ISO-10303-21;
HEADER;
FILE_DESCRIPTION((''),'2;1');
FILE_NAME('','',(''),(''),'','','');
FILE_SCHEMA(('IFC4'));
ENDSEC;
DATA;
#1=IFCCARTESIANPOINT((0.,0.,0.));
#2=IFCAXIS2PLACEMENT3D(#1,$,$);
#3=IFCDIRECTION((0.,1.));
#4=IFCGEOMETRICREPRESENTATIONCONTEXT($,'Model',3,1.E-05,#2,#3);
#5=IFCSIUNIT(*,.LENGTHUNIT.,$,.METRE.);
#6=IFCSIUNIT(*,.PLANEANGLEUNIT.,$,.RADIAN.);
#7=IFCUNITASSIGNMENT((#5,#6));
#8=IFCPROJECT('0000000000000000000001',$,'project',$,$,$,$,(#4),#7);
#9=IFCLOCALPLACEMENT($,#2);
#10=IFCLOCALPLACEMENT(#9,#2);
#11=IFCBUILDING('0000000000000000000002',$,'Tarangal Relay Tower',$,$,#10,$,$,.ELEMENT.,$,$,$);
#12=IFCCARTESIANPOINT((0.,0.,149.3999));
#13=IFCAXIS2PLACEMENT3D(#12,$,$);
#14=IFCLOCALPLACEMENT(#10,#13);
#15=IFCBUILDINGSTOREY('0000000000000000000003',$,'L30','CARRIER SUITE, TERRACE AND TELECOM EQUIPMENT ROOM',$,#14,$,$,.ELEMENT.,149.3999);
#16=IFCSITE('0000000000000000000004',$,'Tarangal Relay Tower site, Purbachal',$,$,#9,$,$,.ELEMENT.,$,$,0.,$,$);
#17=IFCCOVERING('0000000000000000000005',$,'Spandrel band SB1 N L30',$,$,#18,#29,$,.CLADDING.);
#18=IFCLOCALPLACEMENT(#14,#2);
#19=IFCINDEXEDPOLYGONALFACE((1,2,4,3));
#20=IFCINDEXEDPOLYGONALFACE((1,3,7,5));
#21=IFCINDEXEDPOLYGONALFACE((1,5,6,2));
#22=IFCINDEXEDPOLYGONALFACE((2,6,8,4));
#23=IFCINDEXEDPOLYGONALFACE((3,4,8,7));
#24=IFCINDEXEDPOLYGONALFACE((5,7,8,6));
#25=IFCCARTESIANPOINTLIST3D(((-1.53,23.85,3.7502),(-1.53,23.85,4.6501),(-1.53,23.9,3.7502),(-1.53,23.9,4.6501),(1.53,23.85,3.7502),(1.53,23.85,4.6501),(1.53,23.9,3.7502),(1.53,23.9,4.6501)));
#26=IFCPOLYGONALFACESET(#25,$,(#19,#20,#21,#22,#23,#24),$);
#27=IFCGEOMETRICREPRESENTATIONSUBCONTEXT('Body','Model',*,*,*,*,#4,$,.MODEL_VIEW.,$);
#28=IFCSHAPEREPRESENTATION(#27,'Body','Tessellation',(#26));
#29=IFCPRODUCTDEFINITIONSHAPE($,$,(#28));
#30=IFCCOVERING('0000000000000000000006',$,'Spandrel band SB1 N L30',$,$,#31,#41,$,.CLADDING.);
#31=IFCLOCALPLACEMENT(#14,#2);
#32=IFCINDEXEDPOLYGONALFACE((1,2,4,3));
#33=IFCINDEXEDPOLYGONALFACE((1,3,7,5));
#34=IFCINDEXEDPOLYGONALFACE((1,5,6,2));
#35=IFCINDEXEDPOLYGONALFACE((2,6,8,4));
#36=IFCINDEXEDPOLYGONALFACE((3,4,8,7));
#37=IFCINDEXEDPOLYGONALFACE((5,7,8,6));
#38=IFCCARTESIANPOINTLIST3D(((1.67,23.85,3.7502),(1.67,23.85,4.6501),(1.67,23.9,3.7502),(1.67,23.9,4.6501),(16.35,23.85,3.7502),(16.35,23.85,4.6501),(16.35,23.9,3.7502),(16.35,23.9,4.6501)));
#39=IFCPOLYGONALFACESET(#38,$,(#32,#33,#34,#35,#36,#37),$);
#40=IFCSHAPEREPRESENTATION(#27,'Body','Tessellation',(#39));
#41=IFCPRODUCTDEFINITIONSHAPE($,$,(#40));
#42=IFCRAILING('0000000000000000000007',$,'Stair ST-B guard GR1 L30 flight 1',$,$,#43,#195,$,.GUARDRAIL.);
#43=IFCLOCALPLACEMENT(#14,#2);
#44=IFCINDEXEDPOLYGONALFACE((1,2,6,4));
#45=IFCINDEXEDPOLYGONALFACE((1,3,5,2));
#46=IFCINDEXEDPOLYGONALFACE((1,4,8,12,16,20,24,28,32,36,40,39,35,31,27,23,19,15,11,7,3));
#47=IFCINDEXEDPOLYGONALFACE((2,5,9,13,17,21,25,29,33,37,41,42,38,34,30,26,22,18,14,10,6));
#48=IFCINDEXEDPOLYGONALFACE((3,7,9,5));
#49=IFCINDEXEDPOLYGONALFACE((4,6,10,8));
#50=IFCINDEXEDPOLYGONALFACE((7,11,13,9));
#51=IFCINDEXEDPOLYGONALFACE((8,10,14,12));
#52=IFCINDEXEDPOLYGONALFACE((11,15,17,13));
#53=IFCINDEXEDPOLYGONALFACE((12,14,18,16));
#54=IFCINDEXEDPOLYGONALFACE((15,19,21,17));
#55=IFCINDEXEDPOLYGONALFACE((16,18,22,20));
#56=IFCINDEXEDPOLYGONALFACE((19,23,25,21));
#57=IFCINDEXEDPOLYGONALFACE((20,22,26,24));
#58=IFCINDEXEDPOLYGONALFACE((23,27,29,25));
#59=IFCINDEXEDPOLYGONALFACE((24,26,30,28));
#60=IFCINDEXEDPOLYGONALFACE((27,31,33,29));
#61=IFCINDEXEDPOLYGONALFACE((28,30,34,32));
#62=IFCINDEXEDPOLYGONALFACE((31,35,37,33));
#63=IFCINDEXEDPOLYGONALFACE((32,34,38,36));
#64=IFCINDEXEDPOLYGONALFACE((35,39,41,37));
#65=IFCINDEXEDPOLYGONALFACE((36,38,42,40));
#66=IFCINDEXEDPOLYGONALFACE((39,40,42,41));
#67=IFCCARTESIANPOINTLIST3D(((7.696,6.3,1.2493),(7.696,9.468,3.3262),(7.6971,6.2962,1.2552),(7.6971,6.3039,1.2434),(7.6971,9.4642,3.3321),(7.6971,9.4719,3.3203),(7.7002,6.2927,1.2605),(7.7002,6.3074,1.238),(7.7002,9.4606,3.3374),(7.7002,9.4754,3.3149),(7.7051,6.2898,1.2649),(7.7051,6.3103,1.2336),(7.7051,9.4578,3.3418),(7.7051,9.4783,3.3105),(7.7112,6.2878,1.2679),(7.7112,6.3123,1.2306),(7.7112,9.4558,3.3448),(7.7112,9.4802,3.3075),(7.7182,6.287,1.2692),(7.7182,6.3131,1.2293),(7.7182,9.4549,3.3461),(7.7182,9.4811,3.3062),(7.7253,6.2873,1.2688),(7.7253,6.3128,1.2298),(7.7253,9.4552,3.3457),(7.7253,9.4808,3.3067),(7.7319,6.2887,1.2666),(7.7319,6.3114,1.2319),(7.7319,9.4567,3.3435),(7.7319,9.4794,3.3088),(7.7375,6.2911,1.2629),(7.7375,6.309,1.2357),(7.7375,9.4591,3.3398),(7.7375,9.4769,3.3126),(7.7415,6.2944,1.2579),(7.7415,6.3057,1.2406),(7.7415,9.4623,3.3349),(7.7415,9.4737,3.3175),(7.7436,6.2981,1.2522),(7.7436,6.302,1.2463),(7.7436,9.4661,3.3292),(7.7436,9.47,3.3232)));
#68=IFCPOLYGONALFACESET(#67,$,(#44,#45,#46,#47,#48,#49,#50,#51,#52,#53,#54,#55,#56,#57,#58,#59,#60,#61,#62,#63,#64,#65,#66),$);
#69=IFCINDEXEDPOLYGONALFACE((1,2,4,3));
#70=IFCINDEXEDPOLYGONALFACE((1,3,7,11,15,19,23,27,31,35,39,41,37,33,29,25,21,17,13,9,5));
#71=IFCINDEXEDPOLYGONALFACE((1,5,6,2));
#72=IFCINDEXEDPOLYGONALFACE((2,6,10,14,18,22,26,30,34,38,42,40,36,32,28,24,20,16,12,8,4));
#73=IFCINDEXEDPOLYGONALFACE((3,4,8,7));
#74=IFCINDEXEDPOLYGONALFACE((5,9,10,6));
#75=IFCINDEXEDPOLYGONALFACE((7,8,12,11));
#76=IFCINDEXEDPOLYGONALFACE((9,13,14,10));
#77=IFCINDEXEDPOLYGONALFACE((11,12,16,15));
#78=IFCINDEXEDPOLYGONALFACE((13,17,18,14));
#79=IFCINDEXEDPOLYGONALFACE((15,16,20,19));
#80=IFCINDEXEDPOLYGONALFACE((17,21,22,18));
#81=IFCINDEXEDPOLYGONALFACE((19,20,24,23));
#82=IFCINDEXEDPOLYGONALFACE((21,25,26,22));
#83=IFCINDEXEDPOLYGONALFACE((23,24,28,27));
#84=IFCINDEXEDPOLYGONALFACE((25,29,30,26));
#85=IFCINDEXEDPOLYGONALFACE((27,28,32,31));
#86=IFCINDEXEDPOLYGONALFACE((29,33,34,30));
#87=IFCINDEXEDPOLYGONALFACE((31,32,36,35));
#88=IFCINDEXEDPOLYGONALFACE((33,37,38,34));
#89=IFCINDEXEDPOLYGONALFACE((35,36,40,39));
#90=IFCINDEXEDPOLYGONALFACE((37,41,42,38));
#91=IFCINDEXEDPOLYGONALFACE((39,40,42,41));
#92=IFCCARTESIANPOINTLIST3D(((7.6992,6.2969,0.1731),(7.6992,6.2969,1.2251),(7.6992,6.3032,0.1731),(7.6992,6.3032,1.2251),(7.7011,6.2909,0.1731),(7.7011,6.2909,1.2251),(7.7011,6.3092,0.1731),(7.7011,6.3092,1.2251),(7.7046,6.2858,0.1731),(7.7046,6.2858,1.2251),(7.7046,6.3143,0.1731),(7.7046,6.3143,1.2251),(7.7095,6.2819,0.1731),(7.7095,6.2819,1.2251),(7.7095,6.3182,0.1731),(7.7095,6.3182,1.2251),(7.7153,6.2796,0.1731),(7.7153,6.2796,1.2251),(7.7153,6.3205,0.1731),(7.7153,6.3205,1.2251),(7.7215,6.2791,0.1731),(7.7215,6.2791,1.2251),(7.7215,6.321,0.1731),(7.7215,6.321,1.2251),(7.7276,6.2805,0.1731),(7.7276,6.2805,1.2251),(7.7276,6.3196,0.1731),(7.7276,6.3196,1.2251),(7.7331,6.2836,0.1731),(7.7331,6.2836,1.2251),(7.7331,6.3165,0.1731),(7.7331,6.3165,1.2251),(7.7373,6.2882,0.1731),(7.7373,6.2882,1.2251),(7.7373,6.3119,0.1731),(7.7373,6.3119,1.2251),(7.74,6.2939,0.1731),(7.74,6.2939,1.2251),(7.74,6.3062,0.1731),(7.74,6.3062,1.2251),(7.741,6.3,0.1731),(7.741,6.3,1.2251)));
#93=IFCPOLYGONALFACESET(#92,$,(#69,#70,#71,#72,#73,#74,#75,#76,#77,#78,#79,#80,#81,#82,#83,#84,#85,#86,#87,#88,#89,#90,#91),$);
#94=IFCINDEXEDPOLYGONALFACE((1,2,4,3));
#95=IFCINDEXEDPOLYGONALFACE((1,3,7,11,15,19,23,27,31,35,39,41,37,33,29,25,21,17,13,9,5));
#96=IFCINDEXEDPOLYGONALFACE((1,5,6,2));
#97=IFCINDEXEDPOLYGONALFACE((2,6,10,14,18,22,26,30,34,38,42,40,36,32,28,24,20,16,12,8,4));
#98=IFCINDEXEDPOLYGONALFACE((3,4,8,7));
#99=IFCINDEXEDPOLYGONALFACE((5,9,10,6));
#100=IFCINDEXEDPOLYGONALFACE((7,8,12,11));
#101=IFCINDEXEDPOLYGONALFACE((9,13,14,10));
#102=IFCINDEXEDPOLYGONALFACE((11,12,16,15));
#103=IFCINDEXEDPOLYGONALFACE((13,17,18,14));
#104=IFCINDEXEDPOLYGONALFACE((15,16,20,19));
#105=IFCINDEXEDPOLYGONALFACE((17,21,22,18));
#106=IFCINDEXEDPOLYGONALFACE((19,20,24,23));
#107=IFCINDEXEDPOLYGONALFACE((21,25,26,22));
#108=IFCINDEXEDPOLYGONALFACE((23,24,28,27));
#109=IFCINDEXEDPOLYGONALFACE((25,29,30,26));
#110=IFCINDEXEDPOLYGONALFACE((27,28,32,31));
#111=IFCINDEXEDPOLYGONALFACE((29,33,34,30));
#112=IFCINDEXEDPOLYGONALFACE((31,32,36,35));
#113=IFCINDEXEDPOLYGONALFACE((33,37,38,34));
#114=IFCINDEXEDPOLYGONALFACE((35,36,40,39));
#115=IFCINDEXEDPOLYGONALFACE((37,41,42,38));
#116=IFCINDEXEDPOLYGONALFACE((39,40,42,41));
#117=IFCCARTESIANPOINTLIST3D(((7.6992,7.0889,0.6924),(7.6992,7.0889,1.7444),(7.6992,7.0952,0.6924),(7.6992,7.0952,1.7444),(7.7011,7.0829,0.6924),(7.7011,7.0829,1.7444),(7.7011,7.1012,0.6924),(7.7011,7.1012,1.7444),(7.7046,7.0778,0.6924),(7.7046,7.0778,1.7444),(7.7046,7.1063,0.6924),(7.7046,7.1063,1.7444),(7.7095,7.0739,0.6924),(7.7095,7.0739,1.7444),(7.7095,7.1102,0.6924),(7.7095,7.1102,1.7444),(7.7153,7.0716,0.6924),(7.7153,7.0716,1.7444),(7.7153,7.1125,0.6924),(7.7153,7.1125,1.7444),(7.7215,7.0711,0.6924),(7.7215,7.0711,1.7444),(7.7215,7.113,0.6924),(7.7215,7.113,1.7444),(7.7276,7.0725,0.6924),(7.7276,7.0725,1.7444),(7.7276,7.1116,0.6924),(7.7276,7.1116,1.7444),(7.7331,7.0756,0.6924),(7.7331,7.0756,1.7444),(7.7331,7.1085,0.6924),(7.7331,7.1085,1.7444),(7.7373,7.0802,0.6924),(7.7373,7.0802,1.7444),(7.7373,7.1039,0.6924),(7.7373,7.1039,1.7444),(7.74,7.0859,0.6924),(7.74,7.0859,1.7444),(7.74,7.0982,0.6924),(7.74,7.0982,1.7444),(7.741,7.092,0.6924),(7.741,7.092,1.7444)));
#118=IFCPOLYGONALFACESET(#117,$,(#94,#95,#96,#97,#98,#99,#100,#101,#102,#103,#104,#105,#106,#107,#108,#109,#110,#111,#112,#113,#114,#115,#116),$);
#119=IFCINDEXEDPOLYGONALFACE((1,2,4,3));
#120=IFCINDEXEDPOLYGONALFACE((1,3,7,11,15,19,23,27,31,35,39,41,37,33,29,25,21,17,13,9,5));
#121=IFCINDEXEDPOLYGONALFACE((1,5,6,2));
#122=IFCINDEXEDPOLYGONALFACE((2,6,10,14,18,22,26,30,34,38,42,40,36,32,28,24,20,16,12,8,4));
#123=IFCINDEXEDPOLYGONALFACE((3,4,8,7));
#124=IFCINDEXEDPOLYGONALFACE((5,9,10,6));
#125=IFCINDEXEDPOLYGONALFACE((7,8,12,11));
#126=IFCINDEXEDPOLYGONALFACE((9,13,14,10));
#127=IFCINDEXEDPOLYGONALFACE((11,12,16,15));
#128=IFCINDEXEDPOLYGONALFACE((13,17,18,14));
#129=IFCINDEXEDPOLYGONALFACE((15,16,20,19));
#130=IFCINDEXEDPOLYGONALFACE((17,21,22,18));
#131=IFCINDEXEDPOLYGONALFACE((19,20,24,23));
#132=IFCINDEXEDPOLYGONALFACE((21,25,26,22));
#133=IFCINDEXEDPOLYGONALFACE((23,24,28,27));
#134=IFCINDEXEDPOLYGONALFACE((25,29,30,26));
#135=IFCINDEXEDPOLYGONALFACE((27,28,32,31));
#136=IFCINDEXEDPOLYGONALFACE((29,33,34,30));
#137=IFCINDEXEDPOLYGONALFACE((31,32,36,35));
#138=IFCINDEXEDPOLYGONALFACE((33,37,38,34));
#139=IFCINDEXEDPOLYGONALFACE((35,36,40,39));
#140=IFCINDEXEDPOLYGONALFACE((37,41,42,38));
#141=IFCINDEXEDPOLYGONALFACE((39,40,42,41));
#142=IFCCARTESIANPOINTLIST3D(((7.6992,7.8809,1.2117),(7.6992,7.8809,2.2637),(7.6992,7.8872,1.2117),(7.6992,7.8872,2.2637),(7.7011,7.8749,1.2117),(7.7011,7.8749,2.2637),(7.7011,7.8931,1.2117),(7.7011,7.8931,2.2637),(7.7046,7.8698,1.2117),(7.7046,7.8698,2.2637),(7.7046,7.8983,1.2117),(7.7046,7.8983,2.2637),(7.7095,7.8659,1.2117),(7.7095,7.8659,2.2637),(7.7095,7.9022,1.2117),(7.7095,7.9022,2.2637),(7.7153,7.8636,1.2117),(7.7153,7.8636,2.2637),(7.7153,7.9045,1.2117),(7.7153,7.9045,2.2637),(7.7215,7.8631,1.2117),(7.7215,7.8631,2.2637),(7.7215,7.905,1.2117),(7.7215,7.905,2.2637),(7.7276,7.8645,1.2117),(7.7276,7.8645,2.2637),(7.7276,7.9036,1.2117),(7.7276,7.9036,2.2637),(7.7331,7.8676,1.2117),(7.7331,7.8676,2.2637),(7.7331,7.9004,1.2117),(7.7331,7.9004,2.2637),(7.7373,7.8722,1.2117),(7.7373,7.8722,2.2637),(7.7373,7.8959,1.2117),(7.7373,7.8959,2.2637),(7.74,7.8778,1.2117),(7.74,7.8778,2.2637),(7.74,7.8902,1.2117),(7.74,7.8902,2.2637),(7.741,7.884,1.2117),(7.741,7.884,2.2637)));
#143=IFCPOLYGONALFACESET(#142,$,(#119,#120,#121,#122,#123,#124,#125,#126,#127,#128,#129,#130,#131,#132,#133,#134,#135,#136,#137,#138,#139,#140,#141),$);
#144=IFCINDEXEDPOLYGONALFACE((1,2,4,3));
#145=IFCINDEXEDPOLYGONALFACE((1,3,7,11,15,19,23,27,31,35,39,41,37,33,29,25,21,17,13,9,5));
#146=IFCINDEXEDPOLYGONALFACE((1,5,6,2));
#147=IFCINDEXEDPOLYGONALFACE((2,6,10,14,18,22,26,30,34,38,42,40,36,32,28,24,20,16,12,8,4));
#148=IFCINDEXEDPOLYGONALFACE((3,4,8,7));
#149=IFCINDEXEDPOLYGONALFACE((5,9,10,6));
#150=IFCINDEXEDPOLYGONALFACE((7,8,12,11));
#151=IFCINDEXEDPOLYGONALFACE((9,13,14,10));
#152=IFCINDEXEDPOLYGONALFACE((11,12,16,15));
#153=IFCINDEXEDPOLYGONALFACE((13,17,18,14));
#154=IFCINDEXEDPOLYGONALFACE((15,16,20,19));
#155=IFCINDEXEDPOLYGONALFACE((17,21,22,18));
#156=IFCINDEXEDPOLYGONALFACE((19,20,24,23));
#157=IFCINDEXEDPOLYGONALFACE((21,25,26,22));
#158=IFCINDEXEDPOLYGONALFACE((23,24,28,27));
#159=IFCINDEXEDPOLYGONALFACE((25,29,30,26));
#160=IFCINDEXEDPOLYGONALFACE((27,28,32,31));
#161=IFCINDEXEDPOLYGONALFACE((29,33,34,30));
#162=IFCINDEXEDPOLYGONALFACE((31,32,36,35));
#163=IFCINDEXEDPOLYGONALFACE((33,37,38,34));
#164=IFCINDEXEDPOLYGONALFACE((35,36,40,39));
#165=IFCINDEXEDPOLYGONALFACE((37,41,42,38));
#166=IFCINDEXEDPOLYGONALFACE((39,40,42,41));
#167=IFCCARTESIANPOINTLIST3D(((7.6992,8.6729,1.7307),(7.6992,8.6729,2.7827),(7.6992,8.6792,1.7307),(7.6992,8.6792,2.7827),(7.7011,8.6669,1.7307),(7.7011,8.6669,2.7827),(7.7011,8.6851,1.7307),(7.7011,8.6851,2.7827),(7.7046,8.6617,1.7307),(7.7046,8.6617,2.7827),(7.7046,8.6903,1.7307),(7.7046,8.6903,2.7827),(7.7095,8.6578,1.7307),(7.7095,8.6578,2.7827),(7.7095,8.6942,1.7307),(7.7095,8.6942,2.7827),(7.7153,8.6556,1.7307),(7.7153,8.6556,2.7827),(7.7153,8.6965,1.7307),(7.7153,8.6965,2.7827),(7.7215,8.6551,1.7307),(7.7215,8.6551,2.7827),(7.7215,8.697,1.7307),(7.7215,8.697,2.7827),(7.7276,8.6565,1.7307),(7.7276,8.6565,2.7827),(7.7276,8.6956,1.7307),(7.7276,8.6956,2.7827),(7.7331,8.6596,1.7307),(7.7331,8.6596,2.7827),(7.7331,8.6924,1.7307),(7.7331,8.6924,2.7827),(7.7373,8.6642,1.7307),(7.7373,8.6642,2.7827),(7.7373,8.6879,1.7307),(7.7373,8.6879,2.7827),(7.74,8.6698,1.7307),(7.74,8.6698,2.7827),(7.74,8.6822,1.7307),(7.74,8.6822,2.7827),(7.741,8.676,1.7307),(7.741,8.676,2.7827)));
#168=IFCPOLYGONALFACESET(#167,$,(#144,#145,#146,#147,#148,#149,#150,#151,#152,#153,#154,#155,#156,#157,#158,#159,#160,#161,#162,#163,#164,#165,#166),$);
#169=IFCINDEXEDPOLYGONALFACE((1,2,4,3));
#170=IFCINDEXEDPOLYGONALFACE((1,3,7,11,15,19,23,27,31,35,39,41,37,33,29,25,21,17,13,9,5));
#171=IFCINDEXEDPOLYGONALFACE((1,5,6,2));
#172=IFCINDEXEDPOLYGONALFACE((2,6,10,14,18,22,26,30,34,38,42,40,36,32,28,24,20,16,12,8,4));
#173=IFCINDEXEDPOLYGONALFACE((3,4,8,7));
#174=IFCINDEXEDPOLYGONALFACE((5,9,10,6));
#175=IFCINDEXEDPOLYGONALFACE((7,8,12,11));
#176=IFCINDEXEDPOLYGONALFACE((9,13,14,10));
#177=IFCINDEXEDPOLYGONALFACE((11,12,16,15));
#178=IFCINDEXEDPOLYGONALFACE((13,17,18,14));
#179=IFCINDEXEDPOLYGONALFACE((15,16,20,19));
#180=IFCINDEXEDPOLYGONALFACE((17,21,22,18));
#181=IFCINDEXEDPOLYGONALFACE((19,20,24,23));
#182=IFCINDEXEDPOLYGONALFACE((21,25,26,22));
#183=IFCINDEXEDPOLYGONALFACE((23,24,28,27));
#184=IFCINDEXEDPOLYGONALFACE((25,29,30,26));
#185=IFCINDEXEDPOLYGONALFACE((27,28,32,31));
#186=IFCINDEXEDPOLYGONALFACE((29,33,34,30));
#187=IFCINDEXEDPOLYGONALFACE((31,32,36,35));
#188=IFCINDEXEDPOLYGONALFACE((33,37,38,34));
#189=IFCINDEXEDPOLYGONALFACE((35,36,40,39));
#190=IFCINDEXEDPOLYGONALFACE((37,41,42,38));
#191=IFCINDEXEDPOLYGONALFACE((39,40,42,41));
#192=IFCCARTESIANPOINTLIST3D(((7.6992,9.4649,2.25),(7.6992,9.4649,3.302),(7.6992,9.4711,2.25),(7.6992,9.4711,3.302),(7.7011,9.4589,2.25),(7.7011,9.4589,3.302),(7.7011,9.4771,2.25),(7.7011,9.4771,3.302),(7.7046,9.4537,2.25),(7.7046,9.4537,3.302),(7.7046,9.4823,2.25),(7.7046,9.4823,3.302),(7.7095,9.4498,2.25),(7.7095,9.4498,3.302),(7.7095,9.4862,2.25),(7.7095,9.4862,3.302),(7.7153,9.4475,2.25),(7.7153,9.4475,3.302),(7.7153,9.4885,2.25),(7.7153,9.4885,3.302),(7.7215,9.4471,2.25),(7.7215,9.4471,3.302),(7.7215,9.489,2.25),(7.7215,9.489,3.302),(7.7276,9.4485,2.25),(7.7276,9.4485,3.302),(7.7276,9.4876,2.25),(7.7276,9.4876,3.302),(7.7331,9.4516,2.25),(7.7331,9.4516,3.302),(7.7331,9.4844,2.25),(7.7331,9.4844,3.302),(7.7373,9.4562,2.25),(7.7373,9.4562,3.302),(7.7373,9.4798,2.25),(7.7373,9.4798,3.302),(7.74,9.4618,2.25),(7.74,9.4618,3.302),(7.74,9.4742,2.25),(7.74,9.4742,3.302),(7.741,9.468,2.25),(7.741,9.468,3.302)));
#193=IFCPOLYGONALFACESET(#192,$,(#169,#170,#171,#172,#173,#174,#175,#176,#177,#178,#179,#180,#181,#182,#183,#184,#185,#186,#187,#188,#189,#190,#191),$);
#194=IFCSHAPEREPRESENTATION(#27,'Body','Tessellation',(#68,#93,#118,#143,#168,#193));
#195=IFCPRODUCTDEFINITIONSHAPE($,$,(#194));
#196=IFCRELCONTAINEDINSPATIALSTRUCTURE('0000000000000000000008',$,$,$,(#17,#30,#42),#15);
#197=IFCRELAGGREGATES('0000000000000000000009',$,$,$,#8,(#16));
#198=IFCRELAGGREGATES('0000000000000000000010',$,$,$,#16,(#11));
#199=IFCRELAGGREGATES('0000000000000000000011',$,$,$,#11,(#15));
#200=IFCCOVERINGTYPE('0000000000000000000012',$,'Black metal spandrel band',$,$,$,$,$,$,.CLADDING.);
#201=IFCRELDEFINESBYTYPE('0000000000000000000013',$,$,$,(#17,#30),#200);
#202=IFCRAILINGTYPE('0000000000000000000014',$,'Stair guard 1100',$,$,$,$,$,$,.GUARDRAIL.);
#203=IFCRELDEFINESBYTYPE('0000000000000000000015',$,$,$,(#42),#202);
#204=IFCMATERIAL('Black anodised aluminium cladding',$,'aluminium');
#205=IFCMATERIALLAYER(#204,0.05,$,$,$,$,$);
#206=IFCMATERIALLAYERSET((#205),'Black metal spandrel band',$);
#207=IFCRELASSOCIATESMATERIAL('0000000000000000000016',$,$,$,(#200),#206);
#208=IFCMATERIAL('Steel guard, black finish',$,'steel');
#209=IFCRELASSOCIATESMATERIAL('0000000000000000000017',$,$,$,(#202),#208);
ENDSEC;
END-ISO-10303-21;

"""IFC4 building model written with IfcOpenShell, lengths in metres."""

from ifc_helpers import new_model, si_unit, direction, frame, origin, origin_2d, place, context, subcontext, project, spatial, rectangle, circle, extrude, material, layer, layer_set, type_object, element, save


model = new_model("IFC4")

# Units and contexts
model_context = context("Model", 3, precision=1e-05, world=origin(), true_north=direction((0.0, 1.0)))
body_context = subcontext(model_context, "Body", "Model", "MODEL_VIEW")
ifc_project = project(units=[si_unit("LENGTHUNIT", "METRE"), si_unit("PLANEANGLEUNIT", "RADIAN")], contexts=[model_context])

# Site, building, storey
site_placement = place(None, origin())
site = spatial("IfcSite", under=ifc_project, at=site_placement, Name="Tarangal Relay Tower site, Purbachal", CompositionType="ELEMENT", RefElevation=0.0)
building_placement = place(site_placement, origin())
building = spatial("IfcBuilding", under=site, at=building_placement, Name="Tarangal Relay Tower", CompositionType="ELEMENT")
storey_placement = place(building_placement, frame((0.0, 0.0, 149.3999)))
storey = spatial("IfcBuildingStorey", under=building, at=storey_placement, Name="L30", Description="CARRIER SUITE, TERRACE AND TELECOM EQUIPMENT ROOM", CompositionType="ELEMENT", Elevation=149.3999)

# Coverings
ifc_material_1 = material(Name="Black anodised aluminium cladding", Category="aluminium")
ifc_layer_1 = layer(ifc_material_1, 0.05)
ifc_layer_set_1 = layer_set([ifc_layer_1], Name="Black metal spandrel band")
covering_type = type_object("IfcCoveringType", Name="Black metal spandrel band", PredefinedType="CLADDING", material=ifc_layer_set_1)
covering_1_placement = place(storey_placement, frame((0.0, 23.875, 3.7502), z_axis=(0.0, 0.0, 1.0), x_axis=(1.0, 0.0, 0.0)))
element("IfcCovering", 1, at=covering_1_placement, inside=storey, type_object=covering_type, Name="Spandrel band SB1 N L30", PredefinedType="CLADDING", context=body_context, shape_type="SweptSolid", body=[
    extrude(rectangle(XDim=3.0601, YDim=0.05, at=origin_2d()), origin(), (0.0, 0.0, 1.0), 0.8999),
])
covering_2_placement = place(storey_placement, frame((9.01, 23.875, 3.7502), z_axis=(0.0, 0.0, 1.0), x_axis=(1.0, 0.0, 0.0)))
element("IfcCovering", 2, at=covering_2_placement, inside=storey, type_object=covering_type, Name="Spandrel band SB1 N L30", PredefinedType="CLADDING", context=body_context, shape_type="SweptSolid", body=[
    extrude(rectangle(XDim=14.6799, YDim=0.05, at=origin_2d()), origin(), (0.0, 0.0, 1.0), 0.8999),
])

# Railing
ifc_material_2 = material(Name="Steel guard, black finish", Category="steel")
railing_type_1 = type_object("IfcRailingType", Name="Stair guard 1100", PredefinedType="GUARDRAIL", material=ifc_material_2)
railing_1_placement = place(storey_placement, frame((7.72, 6.3, 0.1731)))
element("IfcRailing", 3, at=railing_1_placement, inside=storey, type_object=railing_type_1, Name="Stair ST-B guard GR1 L30 flight 1", PredefinedType="GUARDRAIL", context=body_context, shape_type="SweptSolid", body=[
    extrude(circle(Radius=0.0239, at=origin_2d()), frame((0.0, 0.0, 1.0762), z_axis=(0.0, 0.836299, 0.548273), x_axis=(-1.0, 0.0, 0.0)), (0.0, 0.0, 1.0), 3.7881),
    extrude(circle(Radius=0.021, at=origin_2d()), origin(), (0.0, 0.0, 1.0), 1.052),
    extrude(circle(Radius=0.021, at=origin_2d()), frame((0.0, 0.792, 0.5193)), (0.0, 0.0, 1.0), 1.052),
    extrude(circle(Radius=0.021, at=origin_2d()), frame((0.0, 1.584, 1.0386)), (0.0, 0.0, 1.0), 1.052),
    extrude(circle(Radius=0.021, at=origin_2d()), frame((0.0, 2.376, 1.5576)), (0.0, 0.0, 1.0), 1.052),
    extrude(circle(Radius=0.021, at=origin_2d()), frame((0.0, 3.168, 2.0769)), (0.0, 0.0, 1.0), 1.052),
])

save(model, "model.ifc")
